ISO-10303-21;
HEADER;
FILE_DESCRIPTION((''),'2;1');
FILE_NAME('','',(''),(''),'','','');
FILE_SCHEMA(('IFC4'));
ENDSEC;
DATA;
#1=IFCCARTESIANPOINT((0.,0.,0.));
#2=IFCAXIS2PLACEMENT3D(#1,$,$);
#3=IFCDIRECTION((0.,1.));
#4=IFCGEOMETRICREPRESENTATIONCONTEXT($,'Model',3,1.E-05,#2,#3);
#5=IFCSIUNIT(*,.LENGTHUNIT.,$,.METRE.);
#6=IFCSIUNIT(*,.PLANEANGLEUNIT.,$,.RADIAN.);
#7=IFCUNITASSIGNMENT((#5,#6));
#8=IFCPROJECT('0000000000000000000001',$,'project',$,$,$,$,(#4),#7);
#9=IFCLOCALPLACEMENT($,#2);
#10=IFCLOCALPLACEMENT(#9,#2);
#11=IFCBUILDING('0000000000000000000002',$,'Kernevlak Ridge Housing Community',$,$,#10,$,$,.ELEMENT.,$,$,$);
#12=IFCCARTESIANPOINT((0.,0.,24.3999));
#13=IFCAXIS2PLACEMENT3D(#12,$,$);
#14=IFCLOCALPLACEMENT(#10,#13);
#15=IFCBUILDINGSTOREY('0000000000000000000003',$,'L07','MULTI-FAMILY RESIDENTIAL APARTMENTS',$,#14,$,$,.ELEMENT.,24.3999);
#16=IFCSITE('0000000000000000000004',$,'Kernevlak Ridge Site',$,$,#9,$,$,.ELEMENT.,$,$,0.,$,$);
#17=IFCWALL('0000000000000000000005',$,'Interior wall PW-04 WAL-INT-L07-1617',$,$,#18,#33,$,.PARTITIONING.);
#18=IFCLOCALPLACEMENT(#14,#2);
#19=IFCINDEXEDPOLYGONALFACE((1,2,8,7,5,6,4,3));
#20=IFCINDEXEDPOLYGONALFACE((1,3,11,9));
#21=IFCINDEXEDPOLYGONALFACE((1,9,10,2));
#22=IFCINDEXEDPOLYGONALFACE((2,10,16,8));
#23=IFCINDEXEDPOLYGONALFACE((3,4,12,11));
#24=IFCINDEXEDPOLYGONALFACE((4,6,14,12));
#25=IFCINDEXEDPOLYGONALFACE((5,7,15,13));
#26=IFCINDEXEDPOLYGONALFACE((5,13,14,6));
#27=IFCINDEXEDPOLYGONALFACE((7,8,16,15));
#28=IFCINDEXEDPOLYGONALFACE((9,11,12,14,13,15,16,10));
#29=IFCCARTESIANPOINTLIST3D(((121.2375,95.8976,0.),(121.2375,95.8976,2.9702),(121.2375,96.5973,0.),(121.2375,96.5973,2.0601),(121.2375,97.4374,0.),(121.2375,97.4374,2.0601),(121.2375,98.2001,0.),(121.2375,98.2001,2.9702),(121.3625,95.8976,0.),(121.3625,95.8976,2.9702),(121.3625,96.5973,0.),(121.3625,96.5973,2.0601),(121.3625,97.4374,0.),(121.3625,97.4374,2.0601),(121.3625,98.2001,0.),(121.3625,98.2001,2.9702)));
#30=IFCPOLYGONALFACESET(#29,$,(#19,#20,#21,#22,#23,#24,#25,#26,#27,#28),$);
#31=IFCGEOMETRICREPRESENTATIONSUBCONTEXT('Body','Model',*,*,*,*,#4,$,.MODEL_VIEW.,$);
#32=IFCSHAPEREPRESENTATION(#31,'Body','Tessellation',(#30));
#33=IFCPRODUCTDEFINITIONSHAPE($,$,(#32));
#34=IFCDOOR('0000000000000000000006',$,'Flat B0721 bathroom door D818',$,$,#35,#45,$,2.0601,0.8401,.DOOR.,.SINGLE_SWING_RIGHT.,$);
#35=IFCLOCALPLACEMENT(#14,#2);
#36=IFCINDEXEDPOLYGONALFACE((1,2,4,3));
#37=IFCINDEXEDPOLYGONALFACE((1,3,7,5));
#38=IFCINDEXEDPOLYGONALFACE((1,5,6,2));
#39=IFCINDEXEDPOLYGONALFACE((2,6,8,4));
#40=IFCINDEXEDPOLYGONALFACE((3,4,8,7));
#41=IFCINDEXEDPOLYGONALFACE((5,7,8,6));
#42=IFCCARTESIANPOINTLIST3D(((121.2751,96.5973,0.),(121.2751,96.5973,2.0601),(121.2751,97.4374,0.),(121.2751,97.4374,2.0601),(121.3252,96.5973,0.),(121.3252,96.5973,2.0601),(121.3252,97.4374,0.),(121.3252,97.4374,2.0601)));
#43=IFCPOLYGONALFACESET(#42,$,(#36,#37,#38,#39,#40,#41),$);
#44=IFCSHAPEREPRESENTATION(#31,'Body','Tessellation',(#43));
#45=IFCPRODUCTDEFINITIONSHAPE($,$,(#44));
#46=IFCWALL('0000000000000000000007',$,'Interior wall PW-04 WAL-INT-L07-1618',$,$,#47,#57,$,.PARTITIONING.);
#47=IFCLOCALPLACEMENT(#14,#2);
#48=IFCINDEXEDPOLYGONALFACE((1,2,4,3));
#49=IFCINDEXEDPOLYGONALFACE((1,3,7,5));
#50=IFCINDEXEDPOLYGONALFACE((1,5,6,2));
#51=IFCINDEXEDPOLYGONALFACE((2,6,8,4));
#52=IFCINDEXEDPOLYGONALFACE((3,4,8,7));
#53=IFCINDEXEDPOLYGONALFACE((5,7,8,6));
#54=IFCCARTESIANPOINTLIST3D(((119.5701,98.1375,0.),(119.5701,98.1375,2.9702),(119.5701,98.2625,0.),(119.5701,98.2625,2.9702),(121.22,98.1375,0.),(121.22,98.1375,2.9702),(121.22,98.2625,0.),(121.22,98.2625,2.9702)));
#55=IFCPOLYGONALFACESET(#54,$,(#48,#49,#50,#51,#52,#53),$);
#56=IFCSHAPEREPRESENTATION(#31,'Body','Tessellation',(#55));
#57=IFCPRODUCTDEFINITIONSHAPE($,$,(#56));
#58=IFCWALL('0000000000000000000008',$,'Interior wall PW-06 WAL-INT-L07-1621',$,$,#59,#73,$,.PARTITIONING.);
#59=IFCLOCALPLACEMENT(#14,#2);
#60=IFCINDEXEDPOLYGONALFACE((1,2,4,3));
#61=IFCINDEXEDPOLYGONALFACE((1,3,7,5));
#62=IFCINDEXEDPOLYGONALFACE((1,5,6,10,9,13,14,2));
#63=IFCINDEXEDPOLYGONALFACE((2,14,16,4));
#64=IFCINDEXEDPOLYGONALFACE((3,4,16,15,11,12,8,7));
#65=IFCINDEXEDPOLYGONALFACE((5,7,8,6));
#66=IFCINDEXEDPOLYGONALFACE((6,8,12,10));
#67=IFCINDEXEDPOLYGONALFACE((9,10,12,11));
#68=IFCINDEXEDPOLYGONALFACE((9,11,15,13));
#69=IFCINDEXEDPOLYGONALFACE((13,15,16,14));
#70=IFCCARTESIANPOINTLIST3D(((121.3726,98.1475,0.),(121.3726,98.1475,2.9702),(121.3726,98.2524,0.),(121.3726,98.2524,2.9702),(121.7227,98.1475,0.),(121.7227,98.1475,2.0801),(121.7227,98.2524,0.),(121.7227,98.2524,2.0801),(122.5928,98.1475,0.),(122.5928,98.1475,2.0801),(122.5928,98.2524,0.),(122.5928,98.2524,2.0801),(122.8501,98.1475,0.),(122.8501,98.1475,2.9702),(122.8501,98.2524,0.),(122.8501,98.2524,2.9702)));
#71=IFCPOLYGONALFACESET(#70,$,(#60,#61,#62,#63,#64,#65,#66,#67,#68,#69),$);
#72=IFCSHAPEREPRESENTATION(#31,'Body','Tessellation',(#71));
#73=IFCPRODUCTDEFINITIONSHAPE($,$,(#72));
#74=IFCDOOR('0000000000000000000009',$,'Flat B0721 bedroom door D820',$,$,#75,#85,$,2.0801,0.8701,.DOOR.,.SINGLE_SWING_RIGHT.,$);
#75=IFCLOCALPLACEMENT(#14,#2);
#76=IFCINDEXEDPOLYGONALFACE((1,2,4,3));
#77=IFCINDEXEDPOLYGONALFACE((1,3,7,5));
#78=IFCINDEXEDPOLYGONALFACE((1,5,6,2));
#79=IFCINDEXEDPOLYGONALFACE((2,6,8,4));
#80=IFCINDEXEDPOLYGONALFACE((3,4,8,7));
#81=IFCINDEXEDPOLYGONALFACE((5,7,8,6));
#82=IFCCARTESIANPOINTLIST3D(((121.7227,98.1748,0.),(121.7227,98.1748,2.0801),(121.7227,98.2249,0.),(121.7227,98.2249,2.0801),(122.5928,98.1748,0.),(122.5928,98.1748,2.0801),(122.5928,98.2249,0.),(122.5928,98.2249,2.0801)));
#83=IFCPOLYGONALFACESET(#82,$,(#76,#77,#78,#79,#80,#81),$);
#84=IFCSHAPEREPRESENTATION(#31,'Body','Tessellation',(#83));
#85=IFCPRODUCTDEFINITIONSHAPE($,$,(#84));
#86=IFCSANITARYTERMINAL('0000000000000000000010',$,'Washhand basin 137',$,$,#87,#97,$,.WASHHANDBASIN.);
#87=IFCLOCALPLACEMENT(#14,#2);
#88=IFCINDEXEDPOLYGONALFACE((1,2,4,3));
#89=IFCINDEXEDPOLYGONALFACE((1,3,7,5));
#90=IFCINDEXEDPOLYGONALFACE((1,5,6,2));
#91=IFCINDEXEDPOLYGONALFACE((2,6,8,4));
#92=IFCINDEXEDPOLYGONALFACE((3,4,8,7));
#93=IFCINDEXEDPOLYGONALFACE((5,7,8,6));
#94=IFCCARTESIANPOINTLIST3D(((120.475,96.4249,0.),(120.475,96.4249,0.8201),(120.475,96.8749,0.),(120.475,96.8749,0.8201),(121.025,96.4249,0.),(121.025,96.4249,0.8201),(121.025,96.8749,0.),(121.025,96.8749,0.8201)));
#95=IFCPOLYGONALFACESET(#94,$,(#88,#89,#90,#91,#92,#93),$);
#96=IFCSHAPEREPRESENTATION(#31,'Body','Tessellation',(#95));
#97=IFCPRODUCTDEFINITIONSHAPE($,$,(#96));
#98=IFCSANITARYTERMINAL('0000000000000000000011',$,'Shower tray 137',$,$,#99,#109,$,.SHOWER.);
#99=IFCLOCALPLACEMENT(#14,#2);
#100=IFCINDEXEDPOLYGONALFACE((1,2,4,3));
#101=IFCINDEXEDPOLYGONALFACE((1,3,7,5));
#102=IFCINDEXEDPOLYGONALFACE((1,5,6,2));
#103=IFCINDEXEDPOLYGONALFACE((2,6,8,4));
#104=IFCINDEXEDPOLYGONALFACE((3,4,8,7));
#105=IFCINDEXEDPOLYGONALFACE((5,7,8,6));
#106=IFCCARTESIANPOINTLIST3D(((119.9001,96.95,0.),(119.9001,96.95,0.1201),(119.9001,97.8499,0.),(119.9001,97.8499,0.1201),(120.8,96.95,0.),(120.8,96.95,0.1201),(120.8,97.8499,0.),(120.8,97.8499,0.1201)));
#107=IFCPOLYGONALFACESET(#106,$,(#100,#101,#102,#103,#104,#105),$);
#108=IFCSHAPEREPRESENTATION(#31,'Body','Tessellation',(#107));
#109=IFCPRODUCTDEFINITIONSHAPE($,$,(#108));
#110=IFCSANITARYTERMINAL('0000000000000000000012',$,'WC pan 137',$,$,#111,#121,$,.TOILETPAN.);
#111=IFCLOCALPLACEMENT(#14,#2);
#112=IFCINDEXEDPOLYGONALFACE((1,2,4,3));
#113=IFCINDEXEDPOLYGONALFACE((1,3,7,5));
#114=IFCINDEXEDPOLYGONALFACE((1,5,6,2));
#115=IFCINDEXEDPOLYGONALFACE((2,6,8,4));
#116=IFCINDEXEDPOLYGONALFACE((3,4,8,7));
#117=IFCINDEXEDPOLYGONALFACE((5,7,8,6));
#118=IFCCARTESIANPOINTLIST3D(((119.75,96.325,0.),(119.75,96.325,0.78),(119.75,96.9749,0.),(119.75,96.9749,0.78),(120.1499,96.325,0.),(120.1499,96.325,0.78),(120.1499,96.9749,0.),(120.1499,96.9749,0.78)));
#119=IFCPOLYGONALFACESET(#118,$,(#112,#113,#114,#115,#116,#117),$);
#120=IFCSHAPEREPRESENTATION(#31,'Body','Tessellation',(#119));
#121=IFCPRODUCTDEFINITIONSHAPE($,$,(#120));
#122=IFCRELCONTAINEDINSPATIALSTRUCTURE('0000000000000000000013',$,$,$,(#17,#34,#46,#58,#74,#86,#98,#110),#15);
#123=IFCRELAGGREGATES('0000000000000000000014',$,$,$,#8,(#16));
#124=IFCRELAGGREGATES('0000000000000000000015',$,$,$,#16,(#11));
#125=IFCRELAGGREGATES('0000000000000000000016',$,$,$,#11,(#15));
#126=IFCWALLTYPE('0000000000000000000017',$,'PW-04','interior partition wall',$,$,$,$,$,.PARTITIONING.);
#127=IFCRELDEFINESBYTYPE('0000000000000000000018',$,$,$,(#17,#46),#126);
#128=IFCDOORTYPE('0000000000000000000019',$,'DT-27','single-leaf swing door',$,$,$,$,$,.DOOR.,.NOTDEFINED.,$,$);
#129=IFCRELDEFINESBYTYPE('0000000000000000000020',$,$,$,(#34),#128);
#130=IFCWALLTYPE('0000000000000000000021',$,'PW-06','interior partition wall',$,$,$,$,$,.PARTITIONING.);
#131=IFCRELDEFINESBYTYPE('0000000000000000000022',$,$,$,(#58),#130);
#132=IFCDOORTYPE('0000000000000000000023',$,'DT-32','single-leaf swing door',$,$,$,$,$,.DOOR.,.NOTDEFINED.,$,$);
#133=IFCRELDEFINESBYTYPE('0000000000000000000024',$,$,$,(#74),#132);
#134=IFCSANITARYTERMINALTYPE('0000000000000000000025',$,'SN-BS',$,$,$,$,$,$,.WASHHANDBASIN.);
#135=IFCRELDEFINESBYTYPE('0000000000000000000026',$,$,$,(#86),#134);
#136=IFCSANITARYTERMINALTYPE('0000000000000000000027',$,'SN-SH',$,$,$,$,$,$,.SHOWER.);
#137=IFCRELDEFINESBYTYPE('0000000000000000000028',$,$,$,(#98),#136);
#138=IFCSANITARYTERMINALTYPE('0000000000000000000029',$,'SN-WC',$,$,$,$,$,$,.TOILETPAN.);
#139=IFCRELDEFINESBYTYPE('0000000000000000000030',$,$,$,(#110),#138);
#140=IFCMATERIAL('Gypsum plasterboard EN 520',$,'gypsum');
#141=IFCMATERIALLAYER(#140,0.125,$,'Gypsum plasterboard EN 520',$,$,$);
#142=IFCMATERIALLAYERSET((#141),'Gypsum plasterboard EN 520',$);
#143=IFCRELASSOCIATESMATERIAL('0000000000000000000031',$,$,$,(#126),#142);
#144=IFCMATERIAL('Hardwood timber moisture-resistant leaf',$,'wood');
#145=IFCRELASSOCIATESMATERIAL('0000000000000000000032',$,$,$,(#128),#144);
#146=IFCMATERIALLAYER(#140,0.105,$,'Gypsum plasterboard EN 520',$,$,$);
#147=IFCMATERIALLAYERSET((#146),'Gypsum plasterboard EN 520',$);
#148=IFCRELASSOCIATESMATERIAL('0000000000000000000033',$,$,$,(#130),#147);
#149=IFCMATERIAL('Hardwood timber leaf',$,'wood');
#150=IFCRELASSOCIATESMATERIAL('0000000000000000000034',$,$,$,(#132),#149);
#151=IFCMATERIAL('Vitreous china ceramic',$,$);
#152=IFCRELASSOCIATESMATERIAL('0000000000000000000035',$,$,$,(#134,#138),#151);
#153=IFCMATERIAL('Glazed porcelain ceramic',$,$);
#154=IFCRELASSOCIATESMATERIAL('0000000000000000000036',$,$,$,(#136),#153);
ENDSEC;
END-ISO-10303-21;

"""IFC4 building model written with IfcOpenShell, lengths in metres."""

from ifc_helpers import new_model, si_unit, direction, frame, frame_2d, origin, origin_2d, place, context, subcontext, project, spatial, rectangle, extrude, material, layer, layer_set, type_object, element, fill, save


model = new_model("IFC4")

# Units and contexts
model_context = context("Model", 3, precision=1e-05, world=origin(), true_north=direction((0.0, 1.0)))
body_context = subcontext(model_context, "Body", "Model", "MODEL_VIEW")
ifc_project = project(units=[si_unit("LENGTHUNIT", "METRE"), si_unit("PLANEANGLEUNIT", "RADIAN")], contexts=[model_context])

# Site, building, storey
site_placement = place(None, origin())
site = spatial("IfcSite", under=ifc_project, at=site_placement, Name="Kernevlak Ridge Site", CompositionType="ELEMENT", RefElevation=0.0)
building_placement = place(site_placement, origin())
building = spatial("IfcBuilding", under=site, at=building_placement, Name="Kernevlak Ridge Housing Community", CompositionType="ELEMENT")
storey_placement = place(building_placement, frame((0.0, 0.0, 24.3999)))
storey = spatial("IfcBuildingStorey", under=building, at=storey_placement, Name="L07", Description="MULTI-FAMILY RESIDENTIAL APARTMENTS", CompositionType="ELEMENT", Elevation=24.3999)

# Wall, opening, door
ifc_material_1 = material(Name="Gypsum plasterboard EN 520", Category="gypsum")
ifc_layer_1 = layer(ifc_material_1, 0.125, Name="Gypsum plasterboard EN 520")
ifc_layer_set_1 = layer_set([ifc_layer_1], Name="Gypsum plasterboard EN 520")
wall_type_1 = type_object("IfcWallType", Name="PW-04", Description="interior partition wall", PredefinedType="PARTITIONING", material=ifc_layer_set_1)
wall_1_placement = place(storey_placement, frame((121.3, 95.8975, 0.0), z_axis=(0.0, 0.0, 1.0), x_axis=(0.0, 1.0, 0.0)))
wall_1 = element("IfcWall", 1, at=wall_1_placement, inside=storey, type_object=wall_type_1, Name="Interior wall PW-04 WAL-INT-L07-1617", PredefinedType="PARTITIONING", context=body_context, shape_type="SweptSolid", body=[
    extrude(rectangle(XDim=2.3025, YDim=0.125, at=frame_2d((1.1514, 0.0))), origin(), (0.0, 0.0, 1.0), 2.9702),
])
opening_1_placement = place(wall_1_placement, frame((0.7, 0.0, 0.0)))
opening_1 = element("IfcOpeningElement", 2, at=opening_1_placement, cuts=wall_1, PredefinedType="OPENING", context=body_context, shape_type="SweptSolid", body=[
    extrude(rectangle(XDim=0.8401, YDim=2.0601, at=frame_2d((0.4199, 1.03))), frame((0.0, 0.0725, 0.0), z_axis=(0.0, -1.0, 0.0), x_axis=(1.0, 0.0, 0.0)), (0.0, 0.0, 1.0), 0.145),
])
ifc_material_2 = material(Name="Hardwood timber moisture-resistant leaf", Category="wood")
door_type_1 = type_object("IfcDoorType", Name="DT-27", Description="single-leaf swing door", OperationType="NOTDEFINED", PredefinedType="DOOR", material=ifc_material_2)
door_1_placement = place(opening_1_placement, origin())
door_1 = element("IfcDoor", 3, at=door_1_placement, inside=storey, type_object=door_type_1, Name="Flat B0721 bathroom door D818", OperationType="SINGLE_SWING_RIGHT", OverallHeight=2.0601, OverallWidth=0.8401, PredefinedType="DOOR", context=body_context, shape_type="SweptSolid", body=[
    extrude(rectangle(XDim=0.8401, YDim=2.0601, at=frame_2d((0.4199, 1.03))), frame((0.0, 0.0249, 0.0), z_axis=(0.0, -1.0, 0.0), x_axis=(1.0, 0.0, 0.0)), (0.0, 0.0, 1.0), 0.05),
])
fill(opening_1, door_1)

# Wall
wall_2_placement = place(storey_placement, frame((119.5701, 98.2, 0.0), z_axis=(0.0, 0.0, 1.0), x_axis=(1.0, 0.0, 0.0)))
element("IfcWall", 4, at=wall_2_placement, inside=storey, type_object=wall_type_1, Name="Interior wall PW-04 WAL-INT-L07-1618", PredefinedType="PARTITIONING", context=body_context, shape_type="SweptSolid", body=[
    extrude(rectangle(XDim=1.6499, YDim=0.125, at=frame_2d((0.825, 0.0))), origin(), (0.0, 0.0, 1.0), 2.9702),
])

# Wall, opening, door
ifc_layer_2 = layer(ifc_material_1, 0.105, Name="Gypsum plasterboard EN 520")
ifc_layer_set_2 = layer_set([ifc_layer_2], Name="Gypsum plasterboard EN 520")
wall_type_2 = type_object("IfcWallType", Name="PW-06", Description="interior partition wall", PredefinedType="PARTITIONING", material=ifc_layer_set_2)
wall_3_placement = place(storey_placement, frame((121.3726, 98.2, 0.0), z_axis=(0.0, 0.0, 1.0), x_axis=(1.0, 0.0, 0.0)))
wall_3 = element("IfcWall", 5, at=wall_3_placement, inside=storey, type_object=wall_type_2, Name="Interior wall PW-06 WAL-INT-L07-1621", PredefinedType="PARTITIONING", context=body_context, shape_type="SweptSolid", body=[
    extrude(rectangle(XDim=1.4775, YDim=0.105, at=frame_2d((0.7388, 0.0))), origin(), (0.0, 0.0, 1.0), 2.9702),
])
opening_2_placement = place(wall_3_placement, frame((0.3501, 0.0, 0.0)))
opening_2 = element("IfcOpeningElement", 6, at=opening_2_placement, cuts=wall_3, PredefinedType="OPENING", context=body_context, shape_type="SweptSolid", body=[
    extrude(rectangle(XDim=0.8701, YDim=2.0801, at=frame_2d((0.4351, 1.04))), frame((0.0, 0.0625, 0.0), z_axis=(0.0, -1.0, 0.0), x_axis=(1.0, 0.0, 0.0)), (0.0, 0.0, 1.0), 0.125),
])
ifc_material_3 = material(Name="Hardwood timber leaf", Category="wood")
door_type_2 = type_object("IfcDoorType", Name="DT-32", Description="single-leaf swing door", OperationType="NOTDEFINED", PredefinedType="DOOR", material=ifc_material_3)
door_2_placement = place(opening_2_placement, origin())
door_2 = element("IfcDoor", 7, at=door_2_placement, inside=storey, type_object=door_type_2, Name="Flat B0721 bedroom door D820", OperationType="SINGLE_SWING_RIGHT", OverallHeight=2.0801, OverallWidth=0.8701, PredefinedType="DOOR", context=body_context, shape_type="SweptSolid", body=[
    extrude(rectangle(XDim=0.8701, YDim=2.0801, at=frame_2d((0.4351, 1.04))), frame((0.0, 0.0249, 0.0), z_axis=(0.0, -1.0, 0.0), x_axis=(1.0, 0.0, 0.0)), (0.0, 0.0, 1.0), 0.05),
])
fill(opening_2, door_2)

# Sanitary terminals
ifc_material_4 = material(Name="Vitreous china ceramic")
sanitary_terminal_type_1 = type_object("IfcSanitaryTerminalType", Name="SN-BS", PredefinedType="WASHHANDBASIN", material=ifc_material_4)
sanitary_terminal_1_placement = place(storey_placement, frame((120.75, 96.6499, 0.0), z_axis=(0.0, 0.0, 1.0), x_axis=(1.0, 0.0, 0.0)))
element("IfcSanitaryTerminal", 8, at=sanitary_terminal_1_placement, inside=storey, type_object=sanitary_terminal_type_1, Name="Washhand basin 137", PredefinedType="WASHHANDBASIN", context=body_context, shape_type="SweptSolid", body=[
    extrude(rectangle(XDim=0.55, YDim=0.45, at=origin_2d()), origin(), (0.0, 0.0, 1.0), 0.8201),
])
ifc_material_5 = material(Name="Glazed porcelain ceramic")
sanitary_terminal_type_2 = type_object("IfcSanitaryTerminalType", Name="SN-SH", PredefinedType="SHOWER", material=ifc_material_5)
sanitary_terminal_2_placement = place(storey_placement, frame((120.3501, 97.3999, 0.0), z_axis=(0.0, 0.0, 1.0), x_axis=(1.0, 0.0, 0.0)))
element("IfcSanitaryTerminal", 9, at=sanitary_terminal_2_placement, inside=storey, type_object=sanitary_terminal_type_2, Name="Shower tray 137", PredefinedType="SHOWER", context=body_context, shape_type="SweptSolid", body=[
    extrude(rectangle(XDim=0.8999, YDim=0.8999, at=origin_2d()), origin(), (0.0, 0.0, 1.0), 0.1201),
])
sanitary_terminal_type_3 = type_object("IfcSanitaryTerminalType", Name="SN-WC", PredefinedType="TOILETPAN", material=ifc_material_4)
sanitary_terminal_3_placement = place(storey_placement, frame((119.95, 96.6499, 0.0), z_axis=(0.0, 0.0, 1.0), x_axis=(1.0, 0.0, 0.0)))
element("IfcSanitaryTerminal", 10, at=sanitary_terminal_3_placement, inside=storey, type_object=sanitary_terminal_type_3, Name="WC pan 137", PredefinedType="TOILETPAN", context=body_context, shape_type="SweptSolid", body=[
    extrude(rectangle(XDim=0.3999, YDim=0.6499, at=origin_2d()), origin(), (0.0, 0.0, 1.0), 0.78),
])

save(model, "model.ifc")
